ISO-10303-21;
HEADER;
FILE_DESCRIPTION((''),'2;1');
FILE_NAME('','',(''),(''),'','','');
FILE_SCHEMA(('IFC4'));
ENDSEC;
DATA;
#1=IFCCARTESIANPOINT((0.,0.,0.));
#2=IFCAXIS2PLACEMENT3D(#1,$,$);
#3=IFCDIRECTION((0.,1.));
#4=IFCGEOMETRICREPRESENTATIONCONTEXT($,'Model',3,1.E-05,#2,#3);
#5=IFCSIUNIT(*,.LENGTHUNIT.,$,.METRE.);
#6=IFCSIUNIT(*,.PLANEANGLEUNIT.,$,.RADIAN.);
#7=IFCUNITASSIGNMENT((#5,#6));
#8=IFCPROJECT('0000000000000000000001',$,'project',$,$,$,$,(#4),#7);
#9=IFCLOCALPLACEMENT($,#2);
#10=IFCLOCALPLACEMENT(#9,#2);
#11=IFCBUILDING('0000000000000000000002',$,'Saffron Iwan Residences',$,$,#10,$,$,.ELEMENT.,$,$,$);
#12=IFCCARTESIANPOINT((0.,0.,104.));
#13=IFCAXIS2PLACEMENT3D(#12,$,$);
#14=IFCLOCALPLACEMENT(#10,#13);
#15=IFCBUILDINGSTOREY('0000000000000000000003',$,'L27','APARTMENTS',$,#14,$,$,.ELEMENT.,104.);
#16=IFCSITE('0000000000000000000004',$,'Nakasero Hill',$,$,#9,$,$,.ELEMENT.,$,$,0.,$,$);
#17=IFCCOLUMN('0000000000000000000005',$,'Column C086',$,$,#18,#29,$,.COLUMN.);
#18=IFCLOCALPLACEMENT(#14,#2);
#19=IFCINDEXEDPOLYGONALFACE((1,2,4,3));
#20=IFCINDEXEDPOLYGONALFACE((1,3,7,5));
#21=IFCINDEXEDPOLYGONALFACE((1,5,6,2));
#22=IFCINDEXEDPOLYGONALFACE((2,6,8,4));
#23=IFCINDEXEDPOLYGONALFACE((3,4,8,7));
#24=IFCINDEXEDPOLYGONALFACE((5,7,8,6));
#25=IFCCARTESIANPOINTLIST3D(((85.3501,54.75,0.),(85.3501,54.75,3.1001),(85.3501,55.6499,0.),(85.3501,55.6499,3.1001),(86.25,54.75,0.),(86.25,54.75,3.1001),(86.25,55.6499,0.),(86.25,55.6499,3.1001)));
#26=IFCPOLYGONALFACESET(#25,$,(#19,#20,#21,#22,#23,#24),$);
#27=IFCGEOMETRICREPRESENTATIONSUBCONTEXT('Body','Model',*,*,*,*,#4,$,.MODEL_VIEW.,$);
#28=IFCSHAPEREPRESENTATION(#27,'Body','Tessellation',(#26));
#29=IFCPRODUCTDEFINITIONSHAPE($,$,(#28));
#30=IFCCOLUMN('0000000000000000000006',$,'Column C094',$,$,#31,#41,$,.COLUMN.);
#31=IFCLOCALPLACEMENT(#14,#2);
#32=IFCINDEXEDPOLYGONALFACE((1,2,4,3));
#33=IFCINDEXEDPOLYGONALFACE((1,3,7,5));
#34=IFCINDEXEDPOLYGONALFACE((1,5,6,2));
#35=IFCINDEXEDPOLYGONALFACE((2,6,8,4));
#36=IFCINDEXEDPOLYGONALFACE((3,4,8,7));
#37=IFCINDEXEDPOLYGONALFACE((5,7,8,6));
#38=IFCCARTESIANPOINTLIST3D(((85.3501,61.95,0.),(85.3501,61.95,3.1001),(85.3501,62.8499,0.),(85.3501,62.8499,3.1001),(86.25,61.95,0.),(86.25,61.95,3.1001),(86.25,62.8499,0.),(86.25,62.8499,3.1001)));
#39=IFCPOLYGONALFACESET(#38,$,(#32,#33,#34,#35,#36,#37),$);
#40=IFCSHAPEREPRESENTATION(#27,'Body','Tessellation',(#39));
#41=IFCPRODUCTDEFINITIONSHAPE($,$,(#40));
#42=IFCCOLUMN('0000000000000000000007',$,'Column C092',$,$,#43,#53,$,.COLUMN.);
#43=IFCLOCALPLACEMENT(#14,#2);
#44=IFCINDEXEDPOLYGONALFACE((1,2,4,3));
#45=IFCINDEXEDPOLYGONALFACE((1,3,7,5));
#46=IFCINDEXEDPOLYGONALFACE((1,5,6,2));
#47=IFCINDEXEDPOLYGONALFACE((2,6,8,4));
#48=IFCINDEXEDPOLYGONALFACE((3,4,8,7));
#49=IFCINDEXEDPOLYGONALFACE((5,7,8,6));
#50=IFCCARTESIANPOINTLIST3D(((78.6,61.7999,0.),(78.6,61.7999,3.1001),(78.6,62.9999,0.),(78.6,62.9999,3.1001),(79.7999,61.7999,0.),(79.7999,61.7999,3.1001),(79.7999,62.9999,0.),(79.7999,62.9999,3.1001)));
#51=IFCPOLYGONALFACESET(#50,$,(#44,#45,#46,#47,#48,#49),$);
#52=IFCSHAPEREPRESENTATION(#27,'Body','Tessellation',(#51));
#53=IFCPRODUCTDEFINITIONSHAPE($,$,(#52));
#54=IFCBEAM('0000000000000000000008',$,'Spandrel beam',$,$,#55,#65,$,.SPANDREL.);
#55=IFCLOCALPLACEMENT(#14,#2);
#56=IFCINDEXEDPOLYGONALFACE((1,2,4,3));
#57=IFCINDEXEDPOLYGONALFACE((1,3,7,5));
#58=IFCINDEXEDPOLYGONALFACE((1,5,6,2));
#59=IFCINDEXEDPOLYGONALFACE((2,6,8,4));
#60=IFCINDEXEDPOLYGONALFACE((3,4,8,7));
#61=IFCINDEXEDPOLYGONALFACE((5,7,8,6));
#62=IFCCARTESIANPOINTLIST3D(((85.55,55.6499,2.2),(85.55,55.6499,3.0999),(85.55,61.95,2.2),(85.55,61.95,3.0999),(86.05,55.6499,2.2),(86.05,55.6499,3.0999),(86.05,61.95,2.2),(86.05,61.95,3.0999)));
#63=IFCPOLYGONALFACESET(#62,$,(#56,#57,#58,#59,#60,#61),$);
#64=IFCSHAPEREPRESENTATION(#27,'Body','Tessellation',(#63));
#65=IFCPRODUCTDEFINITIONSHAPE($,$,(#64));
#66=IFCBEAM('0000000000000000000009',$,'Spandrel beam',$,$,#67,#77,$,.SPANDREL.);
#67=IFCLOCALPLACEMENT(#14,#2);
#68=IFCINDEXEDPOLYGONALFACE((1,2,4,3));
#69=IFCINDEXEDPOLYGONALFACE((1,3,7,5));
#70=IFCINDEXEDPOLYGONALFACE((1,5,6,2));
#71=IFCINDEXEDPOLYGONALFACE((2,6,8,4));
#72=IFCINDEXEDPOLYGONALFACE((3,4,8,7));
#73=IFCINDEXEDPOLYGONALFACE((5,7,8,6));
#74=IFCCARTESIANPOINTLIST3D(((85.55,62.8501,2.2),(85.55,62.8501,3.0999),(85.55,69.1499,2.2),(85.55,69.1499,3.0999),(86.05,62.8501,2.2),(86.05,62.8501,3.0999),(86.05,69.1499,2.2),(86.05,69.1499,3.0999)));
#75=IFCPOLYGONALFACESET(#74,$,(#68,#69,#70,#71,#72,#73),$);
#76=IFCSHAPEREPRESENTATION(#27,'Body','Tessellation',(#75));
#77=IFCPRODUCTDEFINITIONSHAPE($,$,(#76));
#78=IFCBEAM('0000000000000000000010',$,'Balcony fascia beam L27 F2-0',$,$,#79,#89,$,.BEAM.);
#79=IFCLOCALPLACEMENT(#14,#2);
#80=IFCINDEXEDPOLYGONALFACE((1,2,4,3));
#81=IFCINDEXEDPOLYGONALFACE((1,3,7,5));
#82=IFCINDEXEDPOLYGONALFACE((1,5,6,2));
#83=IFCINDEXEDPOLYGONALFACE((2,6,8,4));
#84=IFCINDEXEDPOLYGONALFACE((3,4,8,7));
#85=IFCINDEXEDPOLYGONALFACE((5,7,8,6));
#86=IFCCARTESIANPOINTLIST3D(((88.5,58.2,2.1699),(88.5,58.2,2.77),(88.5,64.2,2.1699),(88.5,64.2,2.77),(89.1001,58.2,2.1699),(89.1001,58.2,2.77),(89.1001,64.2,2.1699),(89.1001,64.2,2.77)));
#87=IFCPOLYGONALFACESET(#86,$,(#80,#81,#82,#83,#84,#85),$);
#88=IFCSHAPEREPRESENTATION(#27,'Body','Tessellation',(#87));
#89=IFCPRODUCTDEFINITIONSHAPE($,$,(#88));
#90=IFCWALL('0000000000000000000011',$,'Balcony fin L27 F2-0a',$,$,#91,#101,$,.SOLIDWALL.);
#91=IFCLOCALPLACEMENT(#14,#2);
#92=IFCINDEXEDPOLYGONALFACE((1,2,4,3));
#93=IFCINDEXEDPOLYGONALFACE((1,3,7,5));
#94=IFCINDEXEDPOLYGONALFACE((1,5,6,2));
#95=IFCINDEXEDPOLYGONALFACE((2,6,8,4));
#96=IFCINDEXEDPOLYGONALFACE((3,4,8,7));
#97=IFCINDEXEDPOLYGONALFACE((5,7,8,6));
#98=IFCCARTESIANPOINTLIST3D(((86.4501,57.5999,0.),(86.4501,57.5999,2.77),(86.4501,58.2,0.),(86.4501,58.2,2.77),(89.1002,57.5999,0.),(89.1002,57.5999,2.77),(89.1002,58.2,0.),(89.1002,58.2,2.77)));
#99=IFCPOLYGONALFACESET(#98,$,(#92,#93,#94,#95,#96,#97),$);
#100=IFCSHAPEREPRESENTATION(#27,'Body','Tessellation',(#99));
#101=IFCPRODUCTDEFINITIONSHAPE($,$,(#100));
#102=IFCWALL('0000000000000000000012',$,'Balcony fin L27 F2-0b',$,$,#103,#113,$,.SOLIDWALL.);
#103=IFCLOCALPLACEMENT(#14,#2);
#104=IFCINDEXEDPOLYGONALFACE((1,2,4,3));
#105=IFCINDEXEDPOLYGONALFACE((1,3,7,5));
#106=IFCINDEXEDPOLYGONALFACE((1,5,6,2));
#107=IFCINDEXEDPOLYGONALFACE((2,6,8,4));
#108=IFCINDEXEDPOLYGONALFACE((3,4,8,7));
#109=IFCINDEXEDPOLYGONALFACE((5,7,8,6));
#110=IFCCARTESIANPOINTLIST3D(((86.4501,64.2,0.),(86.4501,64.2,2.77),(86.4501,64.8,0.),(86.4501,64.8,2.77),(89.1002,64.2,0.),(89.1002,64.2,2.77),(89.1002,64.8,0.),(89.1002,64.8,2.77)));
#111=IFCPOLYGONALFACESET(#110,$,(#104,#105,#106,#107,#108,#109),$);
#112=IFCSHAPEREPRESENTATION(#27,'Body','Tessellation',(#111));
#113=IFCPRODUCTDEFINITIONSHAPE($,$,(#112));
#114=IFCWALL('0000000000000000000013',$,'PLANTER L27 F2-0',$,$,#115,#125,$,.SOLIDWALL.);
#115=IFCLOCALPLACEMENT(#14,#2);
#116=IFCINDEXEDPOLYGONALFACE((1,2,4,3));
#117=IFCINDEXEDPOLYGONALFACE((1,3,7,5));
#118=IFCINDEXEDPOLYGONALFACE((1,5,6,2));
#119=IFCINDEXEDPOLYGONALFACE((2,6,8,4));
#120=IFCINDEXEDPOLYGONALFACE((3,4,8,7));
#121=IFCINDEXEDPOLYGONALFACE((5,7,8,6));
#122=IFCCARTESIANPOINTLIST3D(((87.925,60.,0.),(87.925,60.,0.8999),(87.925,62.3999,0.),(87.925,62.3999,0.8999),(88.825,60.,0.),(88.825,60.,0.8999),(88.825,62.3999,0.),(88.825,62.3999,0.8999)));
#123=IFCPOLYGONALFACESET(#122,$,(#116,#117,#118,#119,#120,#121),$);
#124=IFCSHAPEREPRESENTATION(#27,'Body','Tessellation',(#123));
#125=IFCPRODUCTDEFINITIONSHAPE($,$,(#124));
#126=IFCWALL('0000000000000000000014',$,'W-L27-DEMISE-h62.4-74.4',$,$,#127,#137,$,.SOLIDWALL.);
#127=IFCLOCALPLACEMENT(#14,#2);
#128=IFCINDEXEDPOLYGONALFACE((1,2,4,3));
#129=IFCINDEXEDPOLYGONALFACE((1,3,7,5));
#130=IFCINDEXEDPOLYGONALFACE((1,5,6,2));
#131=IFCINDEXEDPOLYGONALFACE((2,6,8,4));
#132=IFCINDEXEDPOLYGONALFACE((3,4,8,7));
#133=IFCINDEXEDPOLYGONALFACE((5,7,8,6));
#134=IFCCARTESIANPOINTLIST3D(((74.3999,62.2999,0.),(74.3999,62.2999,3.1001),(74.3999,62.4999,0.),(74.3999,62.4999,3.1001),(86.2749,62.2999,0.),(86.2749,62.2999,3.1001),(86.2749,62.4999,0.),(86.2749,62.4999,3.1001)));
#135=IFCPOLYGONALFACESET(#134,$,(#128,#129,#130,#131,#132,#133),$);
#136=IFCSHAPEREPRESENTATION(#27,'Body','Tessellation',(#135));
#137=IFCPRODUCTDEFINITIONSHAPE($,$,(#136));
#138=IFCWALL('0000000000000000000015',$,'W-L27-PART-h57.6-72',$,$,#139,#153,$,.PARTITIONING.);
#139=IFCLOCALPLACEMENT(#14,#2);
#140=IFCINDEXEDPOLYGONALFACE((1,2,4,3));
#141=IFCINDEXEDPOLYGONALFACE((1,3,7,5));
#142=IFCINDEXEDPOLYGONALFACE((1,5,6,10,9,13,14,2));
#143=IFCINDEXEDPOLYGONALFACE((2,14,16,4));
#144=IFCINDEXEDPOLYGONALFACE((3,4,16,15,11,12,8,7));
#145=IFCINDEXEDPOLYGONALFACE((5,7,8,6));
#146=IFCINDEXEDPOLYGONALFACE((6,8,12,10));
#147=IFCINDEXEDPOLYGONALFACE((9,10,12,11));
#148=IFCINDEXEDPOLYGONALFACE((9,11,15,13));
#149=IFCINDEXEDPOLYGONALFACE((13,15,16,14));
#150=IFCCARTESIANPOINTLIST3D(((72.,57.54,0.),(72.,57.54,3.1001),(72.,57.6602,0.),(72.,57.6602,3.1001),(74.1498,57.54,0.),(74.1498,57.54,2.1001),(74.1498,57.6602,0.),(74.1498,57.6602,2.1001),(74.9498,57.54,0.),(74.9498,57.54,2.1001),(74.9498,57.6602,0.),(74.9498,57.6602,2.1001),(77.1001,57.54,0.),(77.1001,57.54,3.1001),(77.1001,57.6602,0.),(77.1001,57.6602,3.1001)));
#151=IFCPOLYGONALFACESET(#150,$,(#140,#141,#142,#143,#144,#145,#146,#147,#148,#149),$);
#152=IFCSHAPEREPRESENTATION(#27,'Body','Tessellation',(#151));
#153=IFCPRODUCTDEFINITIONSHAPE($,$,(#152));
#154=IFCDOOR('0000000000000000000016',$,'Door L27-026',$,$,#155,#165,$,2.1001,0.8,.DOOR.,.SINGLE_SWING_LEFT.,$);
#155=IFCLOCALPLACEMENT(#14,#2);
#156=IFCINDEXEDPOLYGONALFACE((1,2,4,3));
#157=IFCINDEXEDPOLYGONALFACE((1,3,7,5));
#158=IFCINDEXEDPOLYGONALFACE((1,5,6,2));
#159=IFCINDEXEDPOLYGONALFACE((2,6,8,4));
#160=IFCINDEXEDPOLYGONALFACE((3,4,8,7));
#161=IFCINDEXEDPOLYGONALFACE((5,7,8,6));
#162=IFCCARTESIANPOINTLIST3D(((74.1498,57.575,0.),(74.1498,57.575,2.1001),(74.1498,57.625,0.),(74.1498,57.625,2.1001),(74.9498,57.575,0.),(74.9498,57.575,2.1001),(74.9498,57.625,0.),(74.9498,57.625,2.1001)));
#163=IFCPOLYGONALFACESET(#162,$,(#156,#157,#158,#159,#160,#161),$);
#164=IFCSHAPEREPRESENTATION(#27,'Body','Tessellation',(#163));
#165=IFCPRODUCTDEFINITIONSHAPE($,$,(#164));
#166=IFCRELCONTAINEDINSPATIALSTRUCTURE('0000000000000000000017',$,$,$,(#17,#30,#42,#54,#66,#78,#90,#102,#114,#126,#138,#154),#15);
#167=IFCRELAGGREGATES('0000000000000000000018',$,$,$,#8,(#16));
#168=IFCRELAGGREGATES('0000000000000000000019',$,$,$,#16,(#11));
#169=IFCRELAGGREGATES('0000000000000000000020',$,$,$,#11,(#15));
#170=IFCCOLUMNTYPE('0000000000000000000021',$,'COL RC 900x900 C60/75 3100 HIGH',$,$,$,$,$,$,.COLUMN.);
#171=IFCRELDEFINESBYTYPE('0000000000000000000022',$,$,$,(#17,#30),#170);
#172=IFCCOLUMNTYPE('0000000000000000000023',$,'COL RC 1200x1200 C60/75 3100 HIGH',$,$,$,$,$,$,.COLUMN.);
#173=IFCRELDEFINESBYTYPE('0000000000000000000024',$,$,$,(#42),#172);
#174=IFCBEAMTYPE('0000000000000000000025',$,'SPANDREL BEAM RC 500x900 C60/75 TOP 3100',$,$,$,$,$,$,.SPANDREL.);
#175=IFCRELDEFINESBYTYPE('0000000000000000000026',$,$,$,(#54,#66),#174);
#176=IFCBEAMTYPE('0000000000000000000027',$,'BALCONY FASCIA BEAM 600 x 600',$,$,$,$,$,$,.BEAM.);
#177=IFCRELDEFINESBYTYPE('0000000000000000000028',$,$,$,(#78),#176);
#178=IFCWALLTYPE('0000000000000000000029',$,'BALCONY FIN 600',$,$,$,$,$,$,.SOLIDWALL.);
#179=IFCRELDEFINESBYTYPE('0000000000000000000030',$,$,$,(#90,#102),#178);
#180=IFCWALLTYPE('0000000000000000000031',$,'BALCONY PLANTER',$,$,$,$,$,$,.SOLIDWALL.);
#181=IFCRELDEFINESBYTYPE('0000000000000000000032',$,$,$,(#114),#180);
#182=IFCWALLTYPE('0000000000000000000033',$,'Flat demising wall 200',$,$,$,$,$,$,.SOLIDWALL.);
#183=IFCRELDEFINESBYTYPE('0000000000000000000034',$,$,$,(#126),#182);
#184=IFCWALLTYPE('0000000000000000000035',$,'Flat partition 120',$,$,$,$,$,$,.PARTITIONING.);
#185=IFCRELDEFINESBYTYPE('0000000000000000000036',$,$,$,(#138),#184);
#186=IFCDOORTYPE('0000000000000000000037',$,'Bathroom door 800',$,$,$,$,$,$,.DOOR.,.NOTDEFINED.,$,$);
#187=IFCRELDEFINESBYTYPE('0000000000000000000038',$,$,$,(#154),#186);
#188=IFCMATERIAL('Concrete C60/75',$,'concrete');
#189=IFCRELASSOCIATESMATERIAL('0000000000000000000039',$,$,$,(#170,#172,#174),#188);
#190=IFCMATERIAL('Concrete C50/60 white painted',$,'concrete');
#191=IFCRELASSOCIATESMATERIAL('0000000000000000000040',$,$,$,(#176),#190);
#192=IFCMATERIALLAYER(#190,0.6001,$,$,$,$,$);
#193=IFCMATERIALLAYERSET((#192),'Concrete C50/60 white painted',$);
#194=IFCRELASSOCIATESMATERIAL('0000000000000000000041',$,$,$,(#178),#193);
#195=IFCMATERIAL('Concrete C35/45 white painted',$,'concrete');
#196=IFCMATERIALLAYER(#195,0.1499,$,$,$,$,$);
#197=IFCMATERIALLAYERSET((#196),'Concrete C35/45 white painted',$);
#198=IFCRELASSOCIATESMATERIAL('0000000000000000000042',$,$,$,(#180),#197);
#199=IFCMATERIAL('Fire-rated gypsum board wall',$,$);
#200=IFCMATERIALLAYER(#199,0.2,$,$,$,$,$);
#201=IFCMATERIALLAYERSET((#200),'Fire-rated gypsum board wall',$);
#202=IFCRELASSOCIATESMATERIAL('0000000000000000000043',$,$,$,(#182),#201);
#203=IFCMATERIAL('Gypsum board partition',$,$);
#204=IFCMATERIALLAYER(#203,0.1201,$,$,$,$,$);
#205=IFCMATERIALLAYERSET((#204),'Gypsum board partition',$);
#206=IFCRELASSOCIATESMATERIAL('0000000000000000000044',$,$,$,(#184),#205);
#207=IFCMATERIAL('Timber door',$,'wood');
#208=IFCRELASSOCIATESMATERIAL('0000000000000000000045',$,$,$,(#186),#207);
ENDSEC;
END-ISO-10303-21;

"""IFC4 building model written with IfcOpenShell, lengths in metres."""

from ifc_helpers import new_model, si_unit, direction, frame, frame_2d, origin, origin_2d, place, context, subcontext, project, spatial, rectangle, extrude, source, transform, mapped, material, layer, layer_set, material_profile, profile_set, type_object, element, fill, save


model = new_model("IFC4")

# Units and contexts
model_context = context("Model", 3, precision=1e-05, world=origin(), true_north=direction((0.0, 1.0)))
body_context = subcontext(model_context, "Body", "Model", "MODEL_VIEW")
ifc_project = project(units=[si_unit("LENGTHUNIT", "METRE"), si_unit("PLANEANGLEUNIT", "RADIAN")], contexts=[model_context])

# Site, building, storey
site_placement = place(None, origin())
site = spatial("IfcSite", under=ifc_project, at=site_placement, Name="Nakasero Hill", CompositionType="ELEMENT", RefElevation=0.0)
building_placement = place(site_placement, origin())
building = spatial("IfcBuilding", under=site, at=building_placement, Name="Saffron Iwan Residences", CompositionType="ELEMENT")
storey_placement = place(building_placement, frame((0.0, 0.0, 104.0)))
storey = spatial("IfcBuildingStorey", under=building, at=storey_placement, Name="L27", Description="APARTMENTS", CompositionType="ELEMENT", Elevation=104.0)

# Columns
ifc_material_1 = material(Name="Concrete C60/75", Category="concrete")
ifc_material_profile_1 = material_profile(ifc_material_1, rectangle(XDim=0.8999, YDim=0.8999, at=origin_2d()), Name="RC 900x900")
ifc_profile_set_1 = profile_set([ifc_material_profile_1], Name="Concrete C60/75")
column_type_1 = type_object("IfcColumnType", Name="COL RC 900x900 C60/75 3100 HIGH", PredefinedType="COLUMN", material=ifc_profile_set_1)
shared_shape_1 = source(origin(), body_context, "Body", "SweptSolid", [
    extrude(rectangle(XDim=0.8999, YDim=0.8999, at=origin_2d()), origin(), (0.0, 0.0, 1.0), 3.1001),
])
for number, where, z_axis, x_axis, name in (
    (1, (85.8, 55.2, 0.0), (0.0, 0.0, 1.0), (1.0, 0.0, 0.0), "Column C086"),
    (2, (85.8, 62.3999, 0.0), (0.0, 0.0, 1.0), (1.0, 0.0, 0.0), "Column C094"),
):
    element("IfcColumn", number, at=place(storey_placement, frame(where, z_axis=z_axis, x_axis=x_axis)), inside=storey, type_object=column_type_1, Name=name, PredefinedType="COLUMN", context=body_context, shape_type="MappedRepresentation", body=[
        mapped(shared_shape_1, transform((0.0, 0.0, 0.0))),
    ])
ifc_material_profile_2 = material_profile(ifc_material_1, rectangle(XDim=1.2, YDim=1.2, at=origin_2d()), Name="RC 1200x1200")
ifc_profile_set_2 = profile_set([ifc_material_profile_2], Name="Concrete C60/75")
column_type_2 = type_object("IfcColumnType", Name="COL RC 1200x1200 C60/75 3100 HIGH", PredefinedType="COLUMN", material=ifc_profile_set_2)
shared_shape_2 = source(origin(), body_context, "Body", "SweptSolid", [
    extrude(rectangle(XDim=1.2, YDim=1.2, at=origin_2d()), origin(), (0.0, 0.0, 1.0), 3.1001),
])
column_placement = place(storey_placement, frame((79.2, 62.3999, 0.0), z_axis=(0.0, 0.0, 1.0), x_axis=(1.0, 0.0, 0.0)))
element("IfcColumn", 3, at=column_placement, inside=storey, type_object=column_type_2, Name="Column C092", PredefinedType="COLUMN", context=body_context, shape_type="MappedRepresentation", body=[
    mapped(shared_shape_2, transform((0.0, 0.0, 0.0))),
])

# Beams
ifc_material_profile_3 = material_profile(ifc_material_1, rectangle(XDim=0.5, YDim=0.8999, at=origin_2d()), Name="RC 500x900")
ifc_profile_set_3 = profile_set([ifc_material_profile_3], Name="Concrete C60/75")
beam_type_1 = type_object("IfcBeamType", Name="SPANDREL BEAM RC 500x900 C60/75 TOP 3100", PredefinedType="SPANDREL", material=ifc_profile_set_3)
shared_shape_3 = source(origin(), body_context, "Body", "SweptSolid", [
    extrude(rectangle(XDim=0.5, YDim=0.8999, at=origin_2d()), origin(), (0.0, 0.0, 1.0), 6.3),
])
beam_1_placement = place(storey_placement, frame((85.8, 61.95, 2.6499), z_axis=(0.0, -1.0, 0.0), x_axis=(1.0, 0.0, 0.0)))
element("IfcBeam", 4, at=beam_1_placement, inside=storey, type_object=beam_type_1, Name="Spandrel beam", PredefinedType="SPANDREL", context=body_context, shape_type="MappedRepresentation", body=[
    mapped(shared_shape_3, transform((0.0, 0.0, 0.0))),
])
shared_shape_4 = source(origin(), body_context, "Body", "SweptSolid", [
    extrude(rectangle(XDim=0.5, YDim=0.8999, at=origin_2d()), origin(), (0.0, 0.0, 1.0), 6.2998),
])
beam_2_placement = place(storey_placement, frame((85.8, 69.1499, 2.6499), z_axis=(0.0, -1.0, 0.0), x_axis=(1.0, 0.0, 0.0)))
element("IfcBeam", 5, at=beam_2_placement, inside=storey, type_object=beam_type_1, Name="Spandrel beam", PredefinedType="SPANDREL", context=body_context, shape_type="MappedRepresentation", body=[
    mapped(shared_shape_4, transform((0.0, 0.0, 0.0))),
])
ifc_material_2 = material(Name="Concrete C50/60 white painted", Category="concrete")
ifc_material_profile_4 = material_profile(ifc_material_2, rectangle(XDim=0.6001, YDim=0.6001, at=origin_2d()), Name="BALCONY FASCIA BEAM 600 x 600")
ifc_profile_set_4 = profile_set([ifc_material_profile_4], Name="Concrete C50/60 white painted")
beam_type_2 = type_object("IfcBeamType", Name="BALCONY FASCIA BEAM 600 x 600", PredefinedType="BEAM", material=ifc_profile_set_4)
shared_shape_5 = source(origin(), body_context, "Body", "SweptSolid", [
    extrude(rectangle(XDim=0.6001, YDim=0.6001, at=origin_2d()), origin(), (0.0, 0.0, 1.0), 6.0),
])
beam_3_placement = place(storey_placement, frame((88.8, 58.2, 2.47), z_axis=(0.0, 1.0, 0.0), x_axis=(-1.0, 0.0, 0.0)))
element("IfcBeam", 6, at=beam_3_placement, inside=storey, type_object=beam_type_2, Name="Balcony fascia beam L27 F2-0", PredefinedType="BEAM", context=body_context, shape_type="MappedRepresentation", body=[
    mapped(shared_shape_5, transform((0.0, 0.0, 0.0))),
])

# Walls
ifc_layer_1 = layer(ifc_material_2, 0.6001)
ifc_layer_set_1 = layer_set([ifc_layer_1], Name="Concrete C50/60 white painted")
wall_type_1 = type_object("IfcWallType", Name="BALCONY FIN 600", PredefinedType="SOLIDWALL", material=ifc_layer_set_1)
for number, where, z_axis, x_axis, name in (
    (7, (86.45, 57.8999, 0.0), (0.0, 0.0, 1.0), (1.0, 0.0, 0.0), "Balcony fin L27 F2-0a"),
    (8, (86.45, 64.5, 0.0), (0.0, 0.0, 1.0), (1.0, 0.0, 0.0), "Balcony fin L27 F2-0b"),
):
    element("IfcWall", number, at=place(storey_placement, frame(where, z_axis=z_axis, x_axis=x_axis)), inside=storey, type_object=wall_type_1, Name=name, PredefinedType="SOLIDWALL", context=body_context, shape_type="SweptSolid", body=[
        extrude(rectangle(XDim=2.6501, YDim=0.6001, at=frame_2d((1.3252, 0.0))), origin(), (0.0, 0.0, 1.0), 2.77),
    ])
ifc_material_3 = material(Name="Concrete C35/45 white painted", Category="concrete")
ifc_layer_2 = layer(ifc_material_3, 0.1499)
ifc_layer_set_2 = layer_set([ifc_layer_2], Name="Concrete C35/45 white painted")
wall_type_2 = type_object("IfcWallType", Name="BALCONY PLANTER", PredefinedType="SOLIDWALL", material=ifc_layer_set_2)
wall_1_placement = place(storey_placement, frame((88.375, 60.0, 0.0), z_axis=(0.0, 0.0, 1.0), x_axis=(0.0, 1.0, 0.0)))
element("IfcWall", 9, at=wall_1_placement, inside=storey, type_object=wall_type_2, Name="PLANTER L27 F2-0", PredefinedType="SOLIDWALL", context=body_context, shape_type="SweptSolid", body=[
    extrude(rectangle(XDim=2.3999, YDim=0.8999, at=frame_2d((1.2, 0.0))), origin(), (0.0, 0.0, 1.0), 0.8999),
])
ifc_material_4 = material(Name="Fire-rated gypsum board wall")
ifc_layer_3 = layer(ifc_material_4, 0.2)
ifc_layer_set_3 = layer_set([ifc_layer_3], Name="Fire-rated gypsum board wall")
wall_type_3 = type_object("IfcWallType", Name="Flat demising wall 200", PredefinedType="SOLIDWALL", material=ifc_layer_set_3)
wall_2_placement = place(storey_placement, frame((74.3999, 62.3999, 0.0), z_axis=(0.0, 0.0, 1.0), x_axis=(1.0, 0.0, 0.0)))
element("IfcWall", 10, at=wall_2_placement, inside=storey, type_object=wall_type_3, Name="W-L27-DEMISE-h62.4-74.4", PredefinedType="SOLIDWALL", context=body_context, shape_type="SweptSolid", body=[
    extrude(rectangle(XDim=11.875, YDim=0.2, at=frame_2d((5.9375, 0.0))), origin(), (0.0, 0.0, 1.0), 3.1001),
])

# Wall, opening, door
ifc_material_5 = material(Name="Gypsum board partition")
ifc_layer_4 = layer(ifc_material_5, 0.1201)
ifc_layer_set_4 = layer_set([ifc_layer_4], Name="Gypsum board partition")
wall_type_4 = type_object("IfcWallType", Name="Flat partition 120", PredefinedType="PARTITIONING", material=ifc_layer_set_4)
wall_3_placement = place(storey_placement, frame((72.0, 57.6001, 0.0), z_axis=(0.0, 0.0, 1.0), x_axis=(1.0, 0.0, 0.0)))
wall_3 = element("IfcWall", 11, at=wall_3_placement, inside=storey, type_object=wall_type_4, Name="W-L27-PART-h57.6-72", PredefinedType="PARTITIONING", context=body_context, shape_type="SweptSolid", body=[
    extrude(rectangle(XDim=5.1001, YDim=0.1201, at=frame_2d((2.55, 0.0))), origin(), (0.0, 0.0, 1.0), 3.1001),
])
opening_1_placement = place(wall_3_placement, frame((2.1499, 0.0, 0.0)))
opening_1 = element("IfcOpeningElement", 12, at=opening_1_placement, cuts=wall_3, PredefinedType="OPENING", context=body_context, shape_type="SweptSolid", body=[
    extrude(rectangle(XDim=0.8, YDim=2.1001, at=frame_2d((0.3999, 1.05))), frame((0.0, 0.0701, 0.0), z_axis=(0.0, -1.0, 0.0), x_axis=(1.0, 0.0, 0.0)), (0.0, 0.0, 1.0), 0.1401),
])
ifc_material_6 = material(Name="Timber door", Category="wood")
door_type_1 = type_object("IfcDoorType", Name="Bathroom door 800", OperationType="NOTDEFINED", PredefinedType="DOOR", material=ifc_material_6)
door_1_placement = place(opening_1_placement, origin())
door_1 = element("IfcDoor", 13, at=door_1_placement, inside=storey, type_object=door_type_1, Name="Door L27-026", OperationType="SINGLE_SWING_LEFT", OverallHeight=2.1001, OverallWidth=0.8, PredefinedType="DOOR", context=body_context, shape_type="SweptSolid", body=[
    extrude(rectangle(XDim=0.8, YDim=2.1001, at=frame_2d((0.3999, 1.05))), frame((0.0, 0.0249, 0.0), z_axis=(0.0, -1.0, 0.0), x_axis=(1.0, 0.0, 0.0)), (0.0, 0.0, 1.0), 0.05),
])
fill(opening_1, door_1)

save(model, "model.ifc")
